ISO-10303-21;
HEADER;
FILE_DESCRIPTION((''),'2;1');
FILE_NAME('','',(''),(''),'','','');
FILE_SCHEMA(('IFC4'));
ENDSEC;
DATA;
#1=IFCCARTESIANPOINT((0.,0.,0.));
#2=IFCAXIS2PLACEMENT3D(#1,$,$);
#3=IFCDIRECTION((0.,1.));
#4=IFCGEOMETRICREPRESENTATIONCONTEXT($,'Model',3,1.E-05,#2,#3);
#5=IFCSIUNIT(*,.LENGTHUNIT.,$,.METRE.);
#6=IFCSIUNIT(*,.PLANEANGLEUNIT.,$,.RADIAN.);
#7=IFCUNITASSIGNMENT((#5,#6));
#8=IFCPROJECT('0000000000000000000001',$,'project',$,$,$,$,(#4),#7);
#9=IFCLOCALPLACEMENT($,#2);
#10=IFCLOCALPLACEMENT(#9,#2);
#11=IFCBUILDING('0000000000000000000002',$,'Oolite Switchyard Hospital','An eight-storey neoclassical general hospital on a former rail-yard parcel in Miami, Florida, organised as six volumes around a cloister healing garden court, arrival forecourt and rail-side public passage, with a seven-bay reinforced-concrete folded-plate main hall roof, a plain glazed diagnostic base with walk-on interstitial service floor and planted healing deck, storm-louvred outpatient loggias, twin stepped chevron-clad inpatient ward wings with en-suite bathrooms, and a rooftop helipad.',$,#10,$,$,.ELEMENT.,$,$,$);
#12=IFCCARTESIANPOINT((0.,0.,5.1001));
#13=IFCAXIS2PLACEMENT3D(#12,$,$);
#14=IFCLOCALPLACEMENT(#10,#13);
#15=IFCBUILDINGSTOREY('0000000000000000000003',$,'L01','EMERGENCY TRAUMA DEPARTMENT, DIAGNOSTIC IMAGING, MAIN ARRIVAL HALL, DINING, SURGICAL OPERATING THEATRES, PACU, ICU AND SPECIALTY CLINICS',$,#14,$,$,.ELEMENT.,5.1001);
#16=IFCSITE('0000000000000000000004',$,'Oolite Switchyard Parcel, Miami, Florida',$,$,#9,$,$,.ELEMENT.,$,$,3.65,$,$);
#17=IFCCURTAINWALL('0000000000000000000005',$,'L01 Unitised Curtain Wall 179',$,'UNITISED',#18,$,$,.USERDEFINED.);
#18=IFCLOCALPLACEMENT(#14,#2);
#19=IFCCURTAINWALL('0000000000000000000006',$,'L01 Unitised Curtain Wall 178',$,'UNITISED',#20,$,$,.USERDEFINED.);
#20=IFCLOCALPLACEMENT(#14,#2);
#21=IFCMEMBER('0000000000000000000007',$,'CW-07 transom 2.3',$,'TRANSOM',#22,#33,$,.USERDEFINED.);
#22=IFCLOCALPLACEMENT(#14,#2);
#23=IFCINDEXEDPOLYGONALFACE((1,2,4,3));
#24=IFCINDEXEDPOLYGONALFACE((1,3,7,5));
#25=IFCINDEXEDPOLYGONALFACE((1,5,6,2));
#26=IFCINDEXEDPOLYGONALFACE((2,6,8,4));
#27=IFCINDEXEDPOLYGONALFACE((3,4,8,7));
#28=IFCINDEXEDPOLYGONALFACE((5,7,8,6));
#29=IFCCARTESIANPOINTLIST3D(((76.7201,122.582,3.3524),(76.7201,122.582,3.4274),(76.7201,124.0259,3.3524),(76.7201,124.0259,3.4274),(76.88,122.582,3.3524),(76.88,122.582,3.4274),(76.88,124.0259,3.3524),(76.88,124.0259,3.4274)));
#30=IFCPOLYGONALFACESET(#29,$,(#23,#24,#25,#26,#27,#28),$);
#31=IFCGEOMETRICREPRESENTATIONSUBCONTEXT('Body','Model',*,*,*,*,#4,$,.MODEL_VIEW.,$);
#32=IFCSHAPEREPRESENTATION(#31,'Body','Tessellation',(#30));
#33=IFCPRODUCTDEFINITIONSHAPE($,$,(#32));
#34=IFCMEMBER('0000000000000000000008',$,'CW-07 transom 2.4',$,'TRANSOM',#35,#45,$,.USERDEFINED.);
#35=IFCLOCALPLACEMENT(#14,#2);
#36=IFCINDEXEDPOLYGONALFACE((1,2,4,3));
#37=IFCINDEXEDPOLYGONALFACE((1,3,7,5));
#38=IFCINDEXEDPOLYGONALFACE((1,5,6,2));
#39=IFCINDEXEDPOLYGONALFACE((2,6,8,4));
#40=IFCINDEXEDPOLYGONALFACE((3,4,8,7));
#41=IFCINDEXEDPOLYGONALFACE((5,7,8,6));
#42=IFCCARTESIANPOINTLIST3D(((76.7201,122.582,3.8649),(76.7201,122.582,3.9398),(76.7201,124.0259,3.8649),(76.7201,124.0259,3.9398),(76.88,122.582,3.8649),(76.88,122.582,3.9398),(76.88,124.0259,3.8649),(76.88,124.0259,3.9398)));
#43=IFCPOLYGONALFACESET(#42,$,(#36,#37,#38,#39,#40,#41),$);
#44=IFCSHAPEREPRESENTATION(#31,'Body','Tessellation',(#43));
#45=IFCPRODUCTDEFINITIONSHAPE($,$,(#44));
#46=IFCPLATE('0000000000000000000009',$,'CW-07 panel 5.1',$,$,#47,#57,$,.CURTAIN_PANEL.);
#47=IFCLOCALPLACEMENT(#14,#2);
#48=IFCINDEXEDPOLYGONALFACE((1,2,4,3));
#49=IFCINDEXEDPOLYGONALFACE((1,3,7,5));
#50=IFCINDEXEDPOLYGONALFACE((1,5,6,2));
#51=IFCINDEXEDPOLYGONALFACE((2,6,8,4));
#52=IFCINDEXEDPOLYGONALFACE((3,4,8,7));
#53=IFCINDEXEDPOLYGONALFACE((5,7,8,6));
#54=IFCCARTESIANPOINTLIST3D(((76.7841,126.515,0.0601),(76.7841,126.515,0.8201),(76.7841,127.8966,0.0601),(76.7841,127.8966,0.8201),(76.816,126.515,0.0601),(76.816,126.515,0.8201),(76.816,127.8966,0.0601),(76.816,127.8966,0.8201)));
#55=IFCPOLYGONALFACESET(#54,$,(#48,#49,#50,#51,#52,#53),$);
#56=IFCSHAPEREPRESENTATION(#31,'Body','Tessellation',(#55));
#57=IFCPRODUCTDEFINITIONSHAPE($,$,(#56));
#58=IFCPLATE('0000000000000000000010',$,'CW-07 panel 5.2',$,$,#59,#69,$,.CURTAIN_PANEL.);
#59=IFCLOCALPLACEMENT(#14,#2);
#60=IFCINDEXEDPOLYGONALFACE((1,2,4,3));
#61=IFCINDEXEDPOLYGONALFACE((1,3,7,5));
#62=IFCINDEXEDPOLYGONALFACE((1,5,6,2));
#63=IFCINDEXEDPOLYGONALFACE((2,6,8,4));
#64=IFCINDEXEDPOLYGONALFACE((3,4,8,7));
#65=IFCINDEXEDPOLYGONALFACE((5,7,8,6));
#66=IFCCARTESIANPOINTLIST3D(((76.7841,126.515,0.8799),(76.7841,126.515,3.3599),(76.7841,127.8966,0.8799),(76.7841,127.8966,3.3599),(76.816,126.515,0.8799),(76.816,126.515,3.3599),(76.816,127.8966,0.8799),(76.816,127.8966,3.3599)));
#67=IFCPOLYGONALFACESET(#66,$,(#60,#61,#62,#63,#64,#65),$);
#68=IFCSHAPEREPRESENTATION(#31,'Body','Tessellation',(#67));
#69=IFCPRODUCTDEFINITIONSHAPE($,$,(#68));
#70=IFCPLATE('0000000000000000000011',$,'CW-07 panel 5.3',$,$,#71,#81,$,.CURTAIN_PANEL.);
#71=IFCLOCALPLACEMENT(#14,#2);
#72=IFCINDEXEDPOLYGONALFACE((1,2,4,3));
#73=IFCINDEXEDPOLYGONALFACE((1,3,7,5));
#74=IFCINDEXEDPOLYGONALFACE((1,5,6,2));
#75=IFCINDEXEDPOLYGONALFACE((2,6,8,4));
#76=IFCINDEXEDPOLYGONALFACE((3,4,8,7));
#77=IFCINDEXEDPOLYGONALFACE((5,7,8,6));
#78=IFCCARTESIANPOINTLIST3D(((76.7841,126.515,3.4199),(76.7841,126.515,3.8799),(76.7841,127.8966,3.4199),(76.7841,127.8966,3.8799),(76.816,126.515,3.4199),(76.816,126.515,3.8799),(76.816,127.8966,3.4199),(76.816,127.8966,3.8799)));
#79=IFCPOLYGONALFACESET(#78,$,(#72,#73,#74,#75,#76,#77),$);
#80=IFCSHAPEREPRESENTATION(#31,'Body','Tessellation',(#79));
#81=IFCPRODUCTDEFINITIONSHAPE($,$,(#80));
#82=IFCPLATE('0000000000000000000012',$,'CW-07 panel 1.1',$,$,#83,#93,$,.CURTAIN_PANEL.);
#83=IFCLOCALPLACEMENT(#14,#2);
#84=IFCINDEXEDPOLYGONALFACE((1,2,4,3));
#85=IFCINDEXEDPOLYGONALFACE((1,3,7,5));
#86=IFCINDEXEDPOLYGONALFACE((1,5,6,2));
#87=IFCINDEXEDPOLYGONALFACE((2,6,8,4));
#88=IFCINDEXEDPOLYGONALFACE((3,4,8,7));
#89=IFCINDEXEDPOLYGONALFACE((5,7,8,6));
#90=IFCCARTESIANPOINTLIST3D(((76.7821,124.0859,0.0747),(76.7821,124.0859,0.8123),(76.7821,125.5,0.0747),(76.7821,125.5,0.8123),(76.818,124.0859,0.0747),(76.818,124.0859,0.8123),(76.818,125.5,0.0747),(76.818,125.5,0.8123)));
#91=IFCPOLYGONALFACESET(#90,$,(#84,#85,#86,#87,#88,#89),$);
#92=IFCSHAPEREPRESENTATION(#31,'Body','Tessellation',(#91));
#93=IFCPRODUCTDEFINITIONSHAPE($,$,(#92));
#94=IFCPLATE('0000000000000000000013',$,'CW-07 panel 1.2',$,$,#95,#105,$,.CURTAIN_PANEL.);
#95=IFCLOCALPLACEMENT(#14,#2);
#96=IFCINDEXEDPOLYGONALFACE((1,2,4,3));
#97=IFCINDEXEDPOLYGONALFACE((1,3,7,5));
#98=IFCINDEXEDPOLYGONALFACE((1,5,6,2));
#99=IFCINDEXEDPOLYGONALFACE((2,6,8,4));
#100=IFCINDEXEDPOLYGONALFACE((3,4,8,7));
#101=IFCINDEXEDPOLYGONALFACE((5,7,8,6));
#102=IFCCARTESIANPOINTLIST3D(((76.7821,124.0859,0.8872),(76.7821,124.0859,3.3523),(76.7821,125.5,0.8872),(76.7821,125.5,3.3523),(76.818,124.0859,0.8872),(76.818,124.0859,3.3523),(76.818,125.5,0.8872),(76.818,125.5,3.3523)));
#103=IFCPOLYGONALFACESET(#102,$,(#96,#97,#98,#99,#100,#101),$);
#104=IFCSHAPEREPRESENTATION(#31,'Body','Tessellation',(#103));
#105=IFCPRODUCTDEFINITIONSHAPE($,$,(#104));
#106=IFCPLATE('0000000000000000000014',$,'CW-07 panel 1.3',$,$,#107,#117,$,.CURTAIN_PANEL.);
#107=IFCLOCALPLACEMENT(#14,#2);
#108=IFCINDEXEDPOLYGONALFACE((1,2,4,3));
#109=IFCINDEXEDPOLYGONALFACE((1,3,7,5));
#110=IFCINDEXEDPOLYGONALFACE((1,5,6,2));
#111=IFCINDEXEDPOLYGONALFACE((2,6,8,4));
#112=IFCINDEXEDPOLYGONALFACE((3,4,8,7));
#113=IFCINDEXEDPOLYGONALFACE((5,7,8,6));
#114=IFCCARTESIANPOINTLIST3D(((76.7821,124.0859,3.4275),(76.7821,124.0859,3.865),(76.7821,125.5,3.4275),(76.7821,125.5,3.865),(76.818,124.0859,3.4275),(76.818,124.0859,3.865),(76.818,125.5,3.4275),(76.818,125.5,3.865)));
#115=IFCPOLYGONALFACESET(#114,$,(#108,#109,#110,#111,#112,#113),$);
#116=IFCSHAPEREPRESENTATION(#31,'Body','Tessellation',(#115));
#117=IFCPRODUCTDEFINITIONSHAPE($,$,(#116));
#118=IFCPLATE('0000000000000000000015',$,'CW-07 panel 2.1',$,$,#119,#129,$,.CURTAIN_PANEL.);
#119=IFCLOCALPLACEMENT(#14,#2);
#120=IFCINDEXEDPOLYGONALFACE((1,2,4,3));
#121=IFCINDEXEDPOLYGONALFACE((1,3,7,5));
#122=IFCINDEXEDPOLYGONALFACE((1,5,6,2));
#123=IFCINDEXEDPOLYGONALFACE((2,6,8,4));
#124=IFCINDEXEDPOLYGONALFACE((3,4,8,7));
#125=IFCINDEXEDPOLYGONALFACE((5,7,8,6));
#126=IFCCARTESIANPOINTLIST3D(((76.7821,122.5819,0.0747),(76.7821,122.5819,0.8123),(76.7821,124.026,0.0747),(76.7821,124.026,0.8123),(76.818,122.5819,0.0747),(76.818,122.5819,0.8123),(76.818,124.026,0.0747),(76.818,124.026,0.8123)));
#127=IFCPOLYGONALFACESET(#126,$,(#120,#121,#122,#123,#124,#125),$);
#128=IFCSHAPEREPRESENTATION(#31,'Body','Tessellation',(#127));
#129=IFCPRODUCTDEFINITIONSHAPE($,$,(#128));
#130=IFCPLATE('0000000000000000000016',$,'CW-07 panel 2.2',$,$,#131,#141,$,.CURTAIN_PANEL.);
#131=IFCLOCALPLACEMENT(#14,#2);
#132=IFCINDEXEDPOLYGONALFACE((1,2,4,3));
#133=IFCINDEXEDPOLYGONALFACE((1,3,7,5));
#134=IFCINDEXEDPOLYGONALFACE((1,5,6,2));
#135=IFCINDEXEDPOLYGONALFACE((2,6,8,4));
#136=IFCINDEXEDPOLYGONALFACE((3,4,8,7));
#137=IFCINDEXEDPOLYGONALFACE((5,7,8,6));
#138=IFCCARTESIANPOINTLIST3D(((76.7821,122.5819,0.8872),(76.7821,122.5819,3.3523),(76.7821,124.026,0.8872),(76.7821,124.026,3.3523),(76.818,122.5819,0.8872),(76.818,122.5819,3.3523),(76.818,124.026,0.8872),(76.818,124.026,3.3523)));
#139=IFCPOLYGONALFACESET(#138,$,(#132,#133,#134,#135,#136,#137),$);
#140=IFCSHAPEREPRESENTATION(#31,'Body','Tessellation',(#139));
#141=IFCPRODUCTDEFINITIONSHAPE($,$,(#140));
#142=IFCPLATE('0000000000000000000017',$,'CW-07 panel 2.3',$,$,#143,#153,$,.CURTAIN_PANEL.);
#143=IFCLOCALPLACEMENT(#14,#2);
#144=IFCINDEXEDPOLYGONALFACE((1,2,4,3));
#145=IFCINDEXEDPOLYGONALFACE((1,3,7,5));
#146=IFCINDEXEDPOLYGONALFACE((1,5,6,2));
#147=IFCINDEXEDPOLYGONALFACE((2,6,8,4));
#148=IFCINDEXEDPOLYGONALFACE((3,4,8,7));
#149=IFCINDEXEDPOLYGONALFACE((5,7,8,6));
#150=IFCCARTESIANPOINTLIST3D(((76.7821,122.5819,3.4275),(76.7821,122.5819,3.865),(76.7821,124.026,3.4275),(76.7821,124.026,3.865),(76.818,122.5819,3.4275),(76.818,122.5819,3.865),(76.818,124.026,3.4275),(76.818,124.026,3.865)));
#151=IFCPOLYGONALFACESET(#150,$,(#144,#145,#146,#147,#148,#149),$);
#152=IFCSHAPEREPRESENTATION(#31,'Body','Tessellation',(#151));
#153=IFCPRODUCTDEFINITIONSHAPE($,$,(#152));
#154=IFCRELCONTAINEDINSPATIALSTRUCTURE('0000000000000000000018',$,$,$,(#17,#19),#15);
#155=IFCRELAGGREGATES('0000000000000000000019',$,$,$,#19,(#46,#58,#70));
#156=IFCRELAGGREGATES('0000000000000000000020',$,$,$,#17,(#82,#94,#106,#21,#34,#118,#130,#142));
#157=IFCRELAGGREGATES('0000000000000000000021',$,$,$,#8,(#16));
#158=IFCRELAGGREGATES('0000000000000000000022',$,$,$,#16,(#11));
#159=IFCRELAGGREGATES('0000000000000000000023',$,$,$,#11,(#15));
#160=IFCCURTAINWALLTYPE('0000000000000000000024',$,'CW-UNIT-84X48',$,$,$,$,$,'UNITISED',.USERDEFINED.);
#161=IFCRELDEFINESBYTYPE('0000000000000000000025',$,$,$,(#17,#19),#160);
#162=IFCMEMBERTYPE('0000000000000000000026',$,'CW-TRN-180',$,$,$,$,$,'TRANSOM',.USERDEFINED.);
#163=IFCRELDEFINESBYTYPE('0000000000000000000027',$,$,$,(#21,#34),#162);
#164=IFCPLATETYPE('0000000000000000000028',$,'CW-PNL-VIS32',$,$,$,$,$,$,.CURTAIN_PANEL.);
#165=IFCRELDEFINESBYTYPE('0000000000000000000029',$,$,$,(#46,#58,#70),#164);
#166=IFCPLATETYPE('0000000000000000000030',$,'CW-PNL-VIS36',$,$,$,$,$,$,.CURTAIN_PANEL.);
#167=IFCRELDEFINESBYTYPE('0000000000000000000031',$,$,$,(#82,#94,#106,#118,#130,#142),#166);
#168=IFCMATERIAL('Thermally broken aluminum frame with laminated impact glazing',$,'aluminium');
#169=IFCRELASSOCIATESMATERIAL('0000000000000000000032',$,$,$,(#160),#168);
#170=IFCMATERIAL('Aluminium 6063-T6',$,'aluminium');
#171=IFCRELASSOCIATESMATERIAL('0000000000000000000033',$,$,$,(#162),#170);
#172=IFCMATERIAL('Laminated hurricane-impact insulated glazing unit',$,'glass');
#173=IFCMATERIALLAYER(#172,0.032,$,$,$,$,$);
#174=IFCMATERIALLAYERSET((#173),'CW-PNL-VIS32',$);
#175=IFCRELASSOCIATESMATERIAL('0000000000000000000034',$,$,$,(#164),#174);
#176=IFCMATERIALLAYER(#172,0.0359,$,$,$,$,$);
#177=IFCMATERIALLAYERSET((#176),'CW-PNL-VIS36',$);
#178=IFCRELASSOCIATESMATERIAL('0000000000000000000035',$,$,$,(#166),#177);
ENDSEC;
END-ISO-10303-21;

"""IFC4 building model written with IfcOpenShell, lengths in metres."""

from ifc_helpers import new_model, si_unit, direction, frame, origin, origin_2d, place, context, subcontext, project, spatial, rectangle, extrude, material, layer, layer_set, material_profile, profile_set, type_object, element, aggregate, save


model = new_model("IFC4")

# Units and contexts
model_context = context("Model", 3, precision=1e-05, world=origin(), true_north=direction((0.0, 1.0)))
body_context = subcontext(model_context, "Body", "Model", "MODEL_VIEW")
ifc_project = project(units=[si_unit("LENGTHUNIT", "METRE"), si_unit("PLANEANGLEUNIT", "RADIAN")], contexts=[model_context])

# Site, building, storey
site_placement = place(None, origin())
site = spatial("IfcSite", under=ifc_project, at=site_placement, Name="Oolite Switchyard Parcel, Miami, Florida", CompositionType="ELEMENT", RefElevation=3.65)
building_placement = place(site_placement, origin())
building = spatial("IfcBuilding", under=site, at=building_placement, Name="Oolite Switchyard Hospital", Description="An eight-storey neoclassical general hospital on a former rail-yard parcel in Miami, Florida, organised as six volumes around a cloister healing garden court, arrival forecourt and rail-side public passage, with a seven-bay reinforced-concrete folded-plate main hall roof, a plain glazed diagnostic base with walk-on interstitial service floor and planted healing deck, storm-louvred outpatient loggias, twin stepped chevron-clad inpatient ward wings with en-suite bathrooms, and a rooftop helipad.", CompositionType="ELEMENT")
storey_placement = place(building_placement, frame((0.0, 0.0, 5.1001)))
storey = spatial("IfcBuildingStorey", under=building, at=storey_placement, Name="L01", Description="EMERGENCY TRAUMA DEPARTMENT, DIAGNOSTIC IMAGING, MAIN ARRIVAL HALL, DINING, SURGICAL OPERATING THEATRES, PACU, ICU AND SPECIALTY CLINICS", CompositionType="ELEMENT", Elevation=5.1001)

# Curtain walls
ifc_material_1 = material(Name="Thermally broken aluminum frame with laminated impact glazing", Category="aluminium")
curtain_wall_type = type_object("IfcCurtainWallType", Name="CW-UNIT-84X48", ElementType="UNITISED", PredefinedType="USERDEFINED", material=ifc_material_1)
curtain_wall_1_placement = place(storey_placement, origin())
curtain_wall_1 = element("IfcCurtainWall", 1, at=curtain_wall_1_placement, inside=storey, type_object=curtain_wall_type, Name="L01 Unitised Curtain Wall 179", ObjectType="UNITISED", PredefinedType="USERDEFINED")
ifc_material_2 = material(Name="Aluminium 6063-T6", Category="aluminium")
curtain_wall_2_placement = place(storey_placement, origin())
curtain_wall_2 = element("IfcCurtainWall", 2, at=curtain_wall_2_placement, inside=storey, type_object=curtain_wall_type, Name="L01 Unitised Curtain Wall 178", ObjectType="UNITISED", PredefinedType="USERDEFINED")

# Members
ifc_material_profile_1 = material_profile(ifc_material_2, rectangle(XDim=0.1599, YDim=0.075, at=origin_2d()), Name="CWT75X160")
ifc_profile_set_1 = profile_set([ifc_material_profile_1], Name="Aluminium 6063-T6")
member_type_1 = type_object("IfcMemberType", Name="CW-TRN-180", ElementType="TRANSOM", PredefinedType="USERDEFINED", material=ifc_profile_set_1)
member_1_placement = place(storey_placement, frame((76.8, 124.0259, 3.3899), z_axis=(0.0, -1.0, 0.0), x_axis=(1.0, 0.0, 0.0)))
member_1 = element("IfcMember", 3, at=member_1_placement, type_object=member_type_1, Name="CW-07 transom 2.3", ObjectType="TRANSOM", PredefinedType="USERDEFINED", context=body_context, shape_type="SweptSolid", body=[
    extrude(rectangle(XDim=0.1599, YDim=0.075, at=origin_2d()), origin(), (0.0, 0.0, 1.0), 1.4438),
])
member_2_placement = place(storey_placement, frame((76.8, 124.0259, 3.9023), z_axis=(0.0, -1.0, 0.0), x_axis=(1.0, 0.0, 0.0)))
member_2 = element("IfcMember", 4, at=member_2_placement, type_object=member_type_1, Name="CW-07 transom 2.4", ObjectType="TRANSOM", PredefinedType="USERDEFINED", context=body_context, shape_type="SweptSolid", body=[
    extrude(rectangle(XDim=0.1599, YDim=0.075, at=origin_2d()), origin(), (0.0, 0.0, 1.0), 1.4438),
])

# Plates
ifc_material_3 = material(Name="Laminated hurricane-impact insulated glazing unit", Category="glass")
ifc_layer_1 = layer(ifc_material_3, 0.032)
ifc_layer_set_1 = layer_set([ifc_layer_1], Name="CW-PNL-VIS32")
plate_type_1 = type_object("IfcPlateType", Name="CW-PNL-VIS32", PredefinedType="CURTAIN_PANEL", material=ifc_layer_set_1)
plate_1_placement = place(storey_placement, frame((76.8, 127.2058, 0.0601), z_axis=(0.0, 0.0, 1.0), x_axis=(0.0, -1.0, 0.0)))
plate_1 = element("IfcPlate", 5, at=plate_1_placement, type_object=plate_type_1, Name="CW-07 panel 5.1", PredefinedType="CURTAIN_PANEL", context=body_context, shape_type="SweptSolid", body=[
    extrude(rectangle(XDim=1.3816, YDim=0.032, at=origin_2d()), origin(), (0.0, 0.0, 1.0), 0.76),
])
plate_2_placement = place(storey_placement, frame((76.8, 127.2058, 0.8799), z_axis=(0.0, 0.0, 1.0), x_axis=(0.0, -1.0, 0.0)))
plate_2 = element("IfcPlate", 6, at=plate_2_placement, type_object=plate_type_1, Name="CW-07 panel 5.2", PredefinedType="CURTAIN_PANEL", context=body_context, shape_type="SweptSolid", body=[
    extrude(rectangle(XDim=1.3816, YDim=0.032, at=origin_2d()), origin(), (0.0, 0.0, 1.0), 2.48),
])
plate_3_placement = place(storey_placement, frame((76.8, 127.2058, 3.4199), z_axis=(0.0, 0.0, 1.0), x_axis=(0.0, -1.0, 0.0)))
plate_3 = element("IfcPlate", 7, at=plate_3_placement, type_object=plate_type_1, Name="CW-07 panel 5.3", PredefinedType="CURTAIN_PANEL", context=body_context, shape_type="SweptSolid", body=[
    extrude(rectangle(XDim=1.3816, YDim=0.032, at=origin_2d()), origin(), (0.0, 0.0, 1.0), 0.46),
])
aggregate(curtain_wall_2, [plate_1, plate_2, plate_3])
ifc_layer_2 = layer(ifc_material_3, 0.0359)
ifc_layer_set_2 = layer_set([ifc_layer_2], Name="CW-PNL-VIS36")
plate_type_2 = type_object("IfcPlateType", Name="CW-PNL-VIS36", PredefinedType="CURTAIN_PANEL", material=ifc_layer_set_2)
plate_4_placement = place(storey_placement, frame((76.8, 124.793, 0.0747), z_axis=(0.0, 0.0, 1.0), x_axis=(0.0, -1.0, 0.0)))
plate_4 = element("IfcPlate", 8, at=plate_4_placement, type_object=plate_type_2, Name="CW-07 panel 1.1", PredefinedType="CURTAIN_PANEL", context=body_context, shape_type="SweptSolid", body=[
    extrude(rectangle(XDim=1.4141, YDim=0.0359, at=origin_2d()), origin(), (0.0, 0.0, 1.0), 0.7375),
])
plate_5_placement = place(storey_placement, frame((76.8, 124.793, 0.8872), z_axis=(0.0, 0.0, 1.0), x_axis=(0.0, -1.0, 0.0)))
plate_5 = element("IfcPlate", 9, at=plate_5_placement, type_object=plate_type_2, Name="CW-07 panel 1.2", PredefinedType="CURTAIN_PANEL", context=body_context, shape_type="SweptSolid", body=[
    extrude(rectangle(XDim=1.4141, YDim=0.0359, at=origin_2d()), origin(), (0.0, 0.0, 1.0), 2.4651),
])
plate_6_placement = place(storey_placement, frame((76.8, 124.793, 3.4275), z_axis=(0.0, 0.0, 1.0), x_axis=(0.0, -1.0, 0.0)))
plate_6 = element("IfcPlate", 10, at=plate_6_placement, type_object=plate_type_2, Name="CW-07 panel 1.3", PredefinedType="CURTAIN_PANEL", context=body_context, shape_type="SweptSolid", body=[
    extrude(rectangle(XDim=1.4141, YDim=0.0359, at=origin_2d()), origin(), (0.0, 0.0, 1.0), 0.4375),
])
plate_7_placement = place(storey_placement, frame((76.8, 123.304, 0.0747), z_axis=(0.0, 0.0, 1.0), x_axis=(0.0, -1.0, 0.0)))
plate_7 = element("IfcPlate", 11, at=plate_7_placement, type_object=plate_type_2, Name="CW-07 panel 2.1", PredefinedType="CURTAIN_PANEL", context=body_context, shape_type="SweptSolid", body=[
    extrude(rectangle(XDim=1.4441, YDim=0.0359, at=origin_2d()), origin(), (0.0, 0.0, 1.0), 0.7375),
])
plate_8_placement = place(storey_placement, frame((76.8, 123.304, 0.8872), z_axis=(0.0, 0.0, 1.0), x_axis=(0.0, -1.0, 0.0)))
plate_8 = element("IfcPlate", 12, at=plate_8_placement, type_object=plate_type_2, Name="CW-07 panel 2.2", PredefinedType="CURTAIN_PANEL", context=body_context, shape_type="SweptSolid", body=[
    extrude(rectangle(XDim=1.4441, YDim=0.0359, at=origin_2d()), origin(), (0.0, 0.0, 1.0), 2.4651),
])
plate_9_placement = place(storey_placement, frame((76.8, 123.304, 3.4275), z_axis=(0.0, 0.0, 1.0), x_axis=(0.0, -1.0, 0.0)))
plate_9 = element("IfcPlate", 13, at=plate_9_placement, type_object=plate_type_2, Name="CW-07 panel 2.3", PredefinedType="CURTAIN_PANEL", context=body_context, shape_type="SweptSolid", body=[
    extrude(rectangle(XDim=1.4441, YDim=0.0359, at=origin_2d()), origin(), (0.0, 0.0, 1.0), 0.4375),
])
aggregate(curtain_wall_1, [plate_4, plate_5, plate_6, member_1, member_2, plate_7, plate_8, plate_9])

save(model, "model.ifc")
